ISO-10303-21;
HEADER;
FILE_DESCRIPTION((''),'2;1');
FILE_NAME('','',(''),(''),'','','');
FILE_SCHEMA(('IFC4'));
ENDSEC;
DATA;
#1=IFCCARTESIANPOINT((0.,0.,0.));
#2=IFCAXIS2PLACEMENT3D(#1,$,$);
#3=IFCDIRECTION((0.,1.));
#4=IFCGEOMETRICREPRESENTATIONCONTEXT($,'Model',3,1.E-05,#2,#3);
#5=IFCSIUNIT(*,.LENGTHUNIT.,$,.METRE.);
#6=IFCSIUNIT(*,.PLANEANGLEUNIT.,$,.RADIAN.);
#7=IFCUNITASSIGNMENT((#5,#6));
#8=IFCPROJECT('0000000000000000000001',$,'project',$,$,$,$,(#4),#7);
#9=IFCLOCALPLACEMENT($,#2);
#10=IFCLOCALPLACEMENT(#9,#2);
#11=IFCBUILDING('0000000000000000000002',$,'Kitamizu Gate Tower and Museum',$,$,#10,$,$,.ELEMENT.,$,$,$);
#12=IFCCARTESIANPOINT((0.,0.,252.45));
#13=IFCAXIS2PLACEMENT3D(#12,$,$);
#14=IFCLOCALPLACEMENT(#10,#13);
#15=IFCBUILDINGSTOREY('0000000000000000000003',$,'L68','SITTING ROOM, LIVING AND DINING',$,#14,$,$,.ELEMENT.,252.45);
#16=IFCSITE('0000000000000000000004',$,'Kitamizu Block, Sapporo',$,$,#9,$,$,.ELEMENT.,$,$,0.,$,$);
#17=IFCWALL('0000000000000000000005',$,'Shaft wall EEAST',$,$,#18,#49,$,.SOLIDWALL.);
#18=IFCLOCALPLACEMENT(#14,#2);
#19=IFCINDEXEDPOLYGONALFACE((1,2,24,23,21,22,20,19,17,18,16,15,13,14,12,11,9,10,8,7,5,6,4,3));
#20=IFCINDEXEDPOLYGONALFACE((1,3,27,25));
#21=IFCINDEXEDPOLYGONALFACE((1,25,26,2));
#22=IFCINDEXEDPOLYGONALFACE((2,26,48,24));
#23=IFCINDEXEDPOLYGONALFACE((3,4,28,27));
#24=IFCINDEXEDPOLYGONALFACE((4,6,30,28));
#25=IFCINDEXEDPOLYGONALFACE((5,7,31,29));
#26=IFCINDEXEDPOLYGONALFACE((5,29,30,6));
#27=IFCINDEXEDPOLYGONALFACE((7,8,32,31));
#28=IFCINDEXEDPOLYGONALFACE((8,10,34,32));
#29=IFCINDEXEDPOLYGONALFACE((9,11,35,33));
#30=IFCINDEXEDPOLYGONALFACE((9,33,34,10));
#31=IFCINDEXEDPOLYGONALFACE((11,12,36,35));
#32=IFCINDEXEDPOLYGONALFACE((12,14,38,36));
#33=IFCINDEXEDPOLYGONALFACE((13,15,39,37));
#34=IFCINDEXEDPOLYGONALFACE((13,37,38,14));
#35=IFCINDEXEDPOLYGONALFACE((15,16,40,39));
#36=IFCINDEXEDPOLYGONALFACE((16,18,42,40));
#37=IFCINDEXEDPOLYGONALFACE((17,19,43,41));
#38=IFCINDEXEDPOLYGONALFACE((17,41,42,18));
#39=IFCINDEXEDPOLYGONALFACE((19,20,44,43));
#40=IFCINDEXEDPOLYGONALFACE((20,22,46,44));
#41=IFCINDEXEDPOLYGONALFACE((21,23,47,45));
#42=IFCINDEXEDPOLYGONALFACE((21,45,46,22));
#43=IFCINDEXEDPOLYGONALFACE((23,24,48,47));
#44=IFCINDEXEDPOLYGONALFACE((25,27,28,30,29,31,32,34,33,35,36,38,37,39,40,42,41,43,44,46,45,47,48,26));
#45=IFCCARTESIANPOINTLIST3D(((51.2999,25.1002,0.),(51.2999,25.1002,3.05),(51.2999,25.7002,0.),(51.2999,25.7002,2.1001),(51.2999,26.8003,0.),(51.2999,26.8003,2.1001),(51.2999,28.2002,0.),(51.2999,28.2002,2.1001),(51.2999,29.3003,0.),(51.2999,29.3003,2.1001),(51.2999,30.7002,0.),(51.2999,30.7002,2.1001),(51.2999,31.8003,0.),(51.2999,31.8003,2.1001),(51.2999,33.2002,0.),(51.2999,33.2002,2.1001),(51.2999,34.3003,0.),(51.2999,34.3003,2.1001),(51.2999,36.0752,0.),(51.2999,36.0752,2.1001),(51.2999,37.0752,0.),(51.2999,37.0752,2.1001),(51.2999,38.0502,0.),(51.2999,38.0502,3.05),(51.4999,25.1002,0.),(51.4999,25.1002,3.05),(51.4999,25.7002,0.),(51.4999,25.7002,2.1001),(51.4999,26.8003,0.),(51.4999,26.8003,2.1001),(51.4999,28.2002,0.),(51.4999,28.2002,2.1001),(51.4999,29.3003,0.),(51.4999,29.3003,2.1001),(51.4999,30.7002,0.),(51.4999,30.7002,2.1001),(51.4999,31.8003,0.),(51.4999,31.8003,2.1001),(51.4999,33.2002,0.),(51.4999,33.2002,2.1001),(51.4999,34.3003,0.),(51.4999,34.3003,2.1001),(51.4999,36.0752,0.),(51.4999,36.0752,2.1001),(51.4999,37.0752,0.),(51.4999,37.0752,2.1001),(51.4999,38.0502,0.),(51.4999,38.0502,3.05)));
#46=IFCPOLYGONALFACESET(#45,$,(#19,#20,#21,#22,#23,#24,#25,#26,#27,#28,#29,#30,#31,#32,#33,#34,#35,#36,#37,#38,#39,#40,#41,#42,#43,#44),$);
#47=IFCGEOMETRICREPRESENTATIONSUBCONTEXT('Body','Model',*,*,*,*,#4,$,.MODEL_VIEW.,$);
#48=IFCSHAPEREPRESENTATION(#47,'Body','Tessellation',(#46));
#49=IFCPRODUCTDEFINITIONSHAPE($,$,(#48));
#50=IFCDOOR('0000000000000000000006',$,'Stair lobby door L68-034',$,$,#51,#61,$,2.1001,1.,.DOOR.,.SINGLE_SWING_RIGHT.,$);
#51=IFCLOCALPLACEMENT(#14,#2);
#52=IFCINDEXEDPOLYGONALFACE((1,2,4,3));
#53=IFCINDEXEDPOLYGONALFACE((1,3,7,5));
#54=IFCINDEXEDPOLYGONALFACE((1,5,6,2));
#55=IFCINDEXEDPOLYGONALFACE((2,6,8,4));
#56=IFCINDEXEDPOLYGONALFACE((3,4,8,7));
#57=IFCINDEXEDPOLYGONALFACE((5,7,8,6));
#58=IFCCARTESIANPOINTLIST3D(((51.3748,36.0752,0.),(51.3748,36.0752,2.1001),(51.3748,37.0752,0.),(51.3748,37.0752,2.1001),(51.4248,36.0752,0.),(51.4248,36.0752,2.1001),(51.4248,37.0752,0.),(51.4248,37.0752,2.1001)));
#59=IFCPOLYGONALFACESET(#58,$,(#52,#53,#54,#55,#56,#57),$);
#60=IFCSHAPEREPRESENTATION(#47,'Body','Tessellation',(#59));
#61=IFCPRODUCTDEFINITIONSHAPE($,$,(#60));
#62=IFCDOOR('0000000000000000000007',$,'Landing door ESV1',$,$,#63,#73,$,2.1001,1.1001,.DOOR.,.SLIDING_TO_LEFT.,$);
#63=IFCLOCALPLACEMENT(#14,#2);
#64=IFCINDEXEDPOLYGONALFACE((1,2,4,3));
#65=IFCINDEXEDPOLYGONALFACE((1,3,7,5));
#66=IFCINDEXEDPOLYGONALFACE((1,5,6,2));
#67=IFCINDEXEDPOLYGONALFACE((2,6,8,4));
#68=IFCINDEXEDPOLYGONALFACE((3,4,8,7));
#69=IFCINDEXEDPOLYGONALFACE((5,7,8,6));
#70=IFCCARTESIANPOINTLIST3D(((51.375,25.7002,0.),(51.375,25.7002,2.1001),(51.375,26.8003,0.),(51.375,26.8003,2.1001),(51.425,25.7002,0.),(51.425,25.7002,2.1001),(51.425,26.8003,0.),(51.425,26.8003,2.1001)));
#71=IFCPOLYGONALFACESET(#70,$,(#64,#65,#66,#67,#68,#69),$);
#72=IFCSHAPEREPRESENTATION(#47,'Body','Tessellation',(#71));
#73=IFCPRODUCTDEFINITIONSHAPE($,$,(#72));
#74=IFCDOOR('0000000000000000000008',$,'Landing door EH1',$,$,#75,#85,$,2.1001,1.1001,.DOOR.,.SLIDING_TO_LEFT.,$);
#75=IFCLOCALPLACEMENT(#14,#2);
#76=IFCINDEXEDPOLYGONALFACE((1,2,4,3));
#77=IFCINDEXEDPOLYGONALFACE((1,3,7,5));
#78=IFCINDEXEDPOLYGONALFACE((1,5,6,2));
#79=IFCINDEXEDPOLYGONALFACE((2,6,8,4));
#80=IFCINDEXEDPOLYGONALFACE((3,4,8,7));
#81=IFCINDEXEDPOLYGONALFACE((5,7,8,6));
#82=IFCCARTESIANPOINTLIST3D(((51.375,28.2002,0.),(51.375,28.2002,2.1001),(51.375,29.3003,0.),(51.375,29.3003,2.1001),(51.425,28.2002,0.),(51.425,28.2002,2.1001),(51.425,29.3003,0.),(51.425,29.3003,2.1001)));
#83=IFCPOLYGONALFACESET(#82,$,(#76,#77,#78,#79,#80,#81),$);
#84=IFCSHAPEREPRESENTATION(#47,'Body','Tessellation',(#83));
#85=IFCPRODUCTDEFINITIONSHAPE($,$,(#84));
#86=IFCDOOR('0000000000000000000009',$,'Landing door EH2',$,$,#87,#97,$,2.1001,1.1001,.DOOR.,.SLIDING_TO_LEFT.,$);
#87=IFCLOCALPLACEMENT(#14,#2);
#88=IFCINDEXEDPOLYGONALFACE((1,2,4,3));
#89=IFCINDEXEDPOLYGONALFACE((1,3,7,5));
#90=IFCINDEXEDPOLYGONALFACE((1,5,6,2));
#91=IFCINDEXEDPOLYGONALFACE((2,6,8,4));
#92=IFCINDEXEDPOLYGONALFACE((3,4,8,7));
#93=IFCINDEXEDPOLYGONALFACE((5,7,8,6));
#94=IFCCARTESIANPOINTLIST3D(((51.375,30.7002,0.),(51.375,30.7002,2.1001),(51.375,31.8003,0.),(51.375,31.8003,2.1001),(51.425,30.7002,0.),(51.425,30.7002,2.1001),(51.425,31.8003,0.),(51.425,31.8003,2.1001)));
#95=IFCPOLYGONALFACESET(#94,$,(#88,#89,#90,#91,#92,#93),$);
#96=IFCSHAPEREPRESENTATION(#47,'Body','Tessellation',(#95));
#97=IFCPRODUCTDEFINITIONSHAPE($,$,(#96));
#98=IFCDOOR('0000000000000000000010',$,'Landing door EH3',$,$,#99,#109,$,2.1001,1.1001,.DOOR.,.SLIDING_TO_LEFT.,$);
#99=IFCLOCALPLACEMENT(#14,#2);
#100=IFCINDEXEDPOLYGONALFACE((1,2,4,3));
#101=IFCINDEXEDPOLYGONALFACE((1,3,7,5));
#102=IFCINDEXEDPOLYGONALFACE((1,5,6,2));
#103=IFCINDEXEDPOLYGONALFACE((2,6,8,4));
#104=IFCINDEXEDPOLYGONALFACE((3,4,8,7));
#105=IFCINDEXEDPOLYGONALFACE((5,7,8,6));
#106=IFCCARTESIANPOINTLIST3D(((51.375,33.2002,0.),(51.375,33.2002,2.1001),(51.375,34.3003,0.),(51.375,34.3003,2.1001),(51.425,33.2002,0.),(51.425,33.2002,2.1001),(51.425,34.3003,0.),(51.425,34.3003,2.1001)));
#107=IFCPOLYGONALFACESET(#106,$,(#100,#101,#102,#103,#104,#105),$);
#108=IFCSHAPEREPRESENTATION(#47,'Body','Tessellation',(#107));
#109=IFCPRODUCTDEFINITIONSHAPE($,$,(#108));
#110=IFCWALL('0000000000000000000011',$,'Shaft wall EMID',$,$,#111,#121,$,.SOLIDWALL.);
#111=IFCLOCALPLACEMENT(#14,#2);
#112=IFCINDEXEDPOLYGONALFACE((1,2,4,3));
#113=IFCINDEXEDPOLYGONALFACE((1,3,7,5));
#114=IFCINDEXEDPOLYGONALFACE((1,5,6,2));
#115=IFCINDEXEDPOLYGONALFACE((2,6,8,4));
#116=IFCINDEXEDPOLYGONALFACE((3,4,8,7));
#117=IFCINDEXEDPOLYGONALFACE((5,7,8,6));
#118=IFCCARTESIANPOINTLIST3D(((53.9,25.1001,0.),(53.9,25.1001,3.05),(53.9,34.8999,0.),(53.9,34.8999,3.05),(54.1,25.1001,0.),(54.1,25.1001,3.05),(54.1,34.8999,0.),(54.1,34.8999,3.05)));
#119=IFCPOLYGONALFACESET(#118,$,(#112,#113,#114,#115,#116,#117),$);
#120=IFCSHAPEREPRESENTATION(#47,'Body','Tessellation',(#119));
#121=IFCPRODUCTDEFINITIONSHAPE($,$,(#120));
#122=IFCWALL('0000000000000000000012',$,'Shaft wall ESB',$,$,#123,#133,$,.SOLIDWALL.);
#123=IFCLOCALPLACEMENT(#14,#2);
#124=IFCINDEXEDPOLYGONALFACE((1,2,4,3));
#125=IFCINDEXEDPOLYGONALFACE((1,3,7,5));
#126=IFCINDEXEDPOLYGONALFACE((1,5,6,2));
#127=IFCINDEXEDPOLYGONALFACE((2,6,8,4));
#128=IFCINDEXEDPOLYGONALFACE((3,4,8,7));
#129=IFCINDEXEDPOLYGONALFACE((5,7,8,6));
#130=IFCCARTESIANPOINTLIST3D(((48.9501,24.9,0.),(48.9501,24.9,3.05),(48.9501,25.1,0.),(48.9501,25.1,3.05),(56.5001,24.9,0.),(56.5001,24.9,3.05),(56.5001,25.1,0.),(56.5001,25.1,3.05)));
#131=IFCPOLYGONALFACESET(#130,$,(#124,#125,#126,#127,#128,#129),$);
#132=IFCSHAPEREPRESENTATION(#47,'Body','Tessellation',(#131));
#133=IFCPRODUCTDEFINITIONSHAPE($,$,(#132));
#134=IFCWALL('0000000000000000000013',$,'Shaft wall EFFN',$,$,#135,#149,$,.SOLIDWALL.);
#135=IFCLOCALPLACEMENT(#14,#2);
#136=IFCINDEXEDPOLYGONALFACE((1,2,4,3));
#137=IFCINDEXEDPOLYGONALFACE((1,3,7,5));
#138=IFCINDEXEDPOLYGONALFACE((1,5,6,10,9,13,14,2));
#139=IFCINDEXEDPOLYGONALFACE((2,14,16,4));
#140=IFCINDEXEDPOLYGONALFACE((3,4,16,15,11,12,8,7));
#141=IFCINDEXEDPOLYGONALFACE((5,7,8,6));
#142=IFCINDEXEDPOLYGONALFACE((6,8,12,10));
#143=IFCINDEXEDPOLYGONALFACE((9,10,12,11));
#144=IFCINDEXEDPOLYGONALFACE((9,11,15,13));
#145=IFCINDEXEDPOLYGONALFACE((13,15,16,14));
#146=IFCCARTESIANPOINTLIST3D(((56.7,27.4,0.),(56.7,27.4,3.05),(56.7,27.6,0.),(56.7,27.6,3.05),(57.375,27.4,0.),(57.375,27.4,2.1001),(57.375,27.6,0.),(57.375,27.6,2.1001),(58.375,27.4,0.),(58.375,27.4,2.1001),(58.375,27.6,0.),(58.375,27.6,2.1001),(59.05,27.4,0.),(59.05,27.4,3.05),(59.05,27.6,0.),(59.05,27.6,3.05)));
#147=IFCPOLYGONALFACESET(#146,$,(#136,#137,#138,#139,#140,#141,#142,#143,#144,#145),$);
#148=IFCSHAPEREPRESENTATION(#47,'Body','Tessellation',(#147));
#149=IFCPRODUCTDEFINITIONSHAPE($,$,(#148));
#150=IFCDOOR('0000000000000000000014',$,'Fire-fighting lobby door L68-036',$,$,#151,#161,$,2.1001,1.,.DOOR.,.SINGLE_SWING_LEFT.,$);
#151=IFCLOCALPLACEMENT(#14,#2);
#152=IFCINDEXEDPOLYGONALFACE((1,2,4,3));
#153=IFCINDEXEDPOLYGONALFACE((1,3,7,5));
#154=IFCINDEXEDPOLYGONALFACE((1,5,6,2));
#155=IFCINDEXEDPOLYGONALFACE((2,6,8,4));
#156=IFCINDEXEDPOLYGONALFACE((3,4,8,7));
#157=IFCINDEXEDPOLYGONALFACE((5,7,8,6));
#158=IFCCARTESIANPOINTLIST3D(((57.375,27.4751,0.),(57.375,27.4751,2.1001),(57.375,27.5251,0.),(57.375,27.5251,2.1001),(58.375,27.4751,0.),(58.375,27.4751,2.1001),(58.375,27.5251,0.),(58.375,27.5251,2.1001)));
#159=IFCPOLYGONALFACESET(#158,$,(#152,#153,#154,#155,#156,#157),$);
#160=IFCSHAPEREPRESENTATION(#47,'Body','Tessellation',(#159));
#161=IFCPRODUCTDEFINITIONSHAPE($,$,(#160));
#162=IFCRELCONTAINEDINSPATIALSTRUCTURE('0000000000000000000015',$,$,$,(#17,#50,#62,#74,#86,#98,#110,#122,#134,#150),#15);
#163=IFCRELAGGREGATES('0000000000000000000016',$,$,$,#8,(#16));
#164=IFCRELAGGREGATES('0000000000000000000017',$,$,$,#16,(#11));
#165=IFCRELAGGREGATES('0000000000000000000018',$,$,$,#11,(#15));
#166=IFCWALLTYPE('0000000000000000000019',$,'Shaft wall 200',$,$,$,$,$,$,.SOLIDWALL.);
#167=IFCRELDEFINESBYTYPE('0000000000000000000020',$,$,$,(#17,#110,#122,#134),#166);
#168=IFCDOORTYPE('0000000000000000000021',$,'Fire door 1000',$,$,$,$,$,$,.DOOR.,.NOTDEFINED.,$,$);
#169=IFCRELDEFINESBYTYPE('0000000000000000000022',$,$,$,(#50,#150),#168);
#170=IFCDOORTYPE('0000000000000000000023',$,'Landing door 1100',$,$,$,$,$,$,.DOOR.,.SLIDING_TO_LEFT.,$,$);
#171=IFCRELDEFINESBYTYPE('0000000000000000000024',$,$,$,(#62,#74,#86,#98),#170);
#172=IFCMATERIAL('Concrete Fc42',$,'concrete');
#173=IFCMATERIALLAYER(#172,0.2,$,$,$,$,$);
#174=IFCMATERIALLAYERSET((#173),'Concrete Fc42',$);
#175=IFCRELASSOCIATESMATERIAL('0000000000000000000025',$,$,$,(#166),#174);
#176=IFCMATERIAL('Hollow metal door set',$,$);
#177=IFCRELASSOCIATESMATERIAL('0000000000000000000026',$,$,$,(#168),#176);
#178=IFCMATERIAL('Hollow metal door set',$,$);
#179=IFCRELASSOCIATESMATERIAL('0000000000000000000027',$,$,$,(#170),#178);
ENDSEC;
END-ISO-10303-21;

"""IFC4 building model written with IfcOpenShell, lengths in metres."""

from ifc_helpers import new_model, si_unit, direction, frame, frame_2d, origin, place, context, subcontext, project, spatial, rectangle, extrude, material, layer, layer_set, type_object, element, fill, save


model = new_model("IFC4")

# Units and contexts
model_context = context("Model", 3, precision=1e-05, world=origin(), true_north=direction((0.0, 1.0)))
body_context = subcontext(model_context, "Body", "Model", "MODEL_VIEW")
ifc_project = project(units=[si_unit("LENGTHUNIT", "METRE"), si_unit("PLANEANGLEUNIT", "RADIAN")], contexts=[model_context])

# Site, building, storey
site_placement = place(None, origin())
site = spatial("IfcSite", under=ifc_project, at=site_placement, Name="Kitamizu Block, Sapporo", CompositionType="ELEMENT", RefElevation=0.0)
building_placement = place(site_placement, origin())
building = spatial("IfcBuilding", under=site, at=building_placement, Name="Kitamizu Gate Tower and Museum", CompositionType="ELEMENT")
storey_placement = place(building_placement, frame((0.0, 0.0, 252.45)))
storey = spatial("IfcBuildingStorey", under=building, at=storey_placement, Name="L68", Description="SITTING ROOM, LIVING AND DINING", CompositionType="ELEMENT", Elevation=252.45)

# Wall, openings, doors
ifc_material_1 = material(Name="Concrete Fc42", Category="concrete")
ifc_layer_1 = layer(ifc_material_1, 0.2)
ifc_layer_set_1 = layer_set([ifc_layer_1], Name="Concrete Fc42")
wall_type_1 = type_object("IfcWallType", Name="Shaft wall 200", PredefinedType="SOLIDWALL", material=ifc_layer_set_1)
wall_1_placement = place(storey_placement, frame((51.3999, 25.1001, 0.0), z_axis=(0.0, 0.0, 1.0), x_axis=(0.0, 1.0, 0.0)))
wall_1 = element("IfcWall", 1, at=wall_1_placement, inside=storey, type_object=wall_type_1, Name="Shaft wall EEAST", PredefinedType="SOLIDWALL", context=body_context, shape_type="SweptSolid", body=[
    extrude(rectangle(XDim=12.95, YDim=0.2, at=frame_2d((6.4751, 0.0))), origin(), (0.0, 0.0, 1.0), 3.05),
])
opening_1_placement = place(wall_1_placement, frame((0.6001, 0.0, 0.0)))
opening_1 = element("IfcOpeningElement", 2, at=opening_1_placement, cuts=wall_1, PredefinedType="OPENING", context=body_context, shape_type="SweptSolid", body=[
    extrude(rectangle(XDim=1.1001, YDim=2.1001, at=frame_2d((0.55, 1.05))), frame((0.0, 0.1099, 0.0), z_axis=(0.0, -1.0, 0.0), x_axis=(1.0, 0.0, 0.0)), (0.0, 0.0, 1.0), 0.22),
])
opening_2_placement = place(wall_1_placement, frame((3.1001, 0.0, 0.0)))
opening_2 = element("IfcOpeningElement", 3, at=opening_2_placement, cuts=wall_1, PredefinedType="OPENING", context=body_context, shape_type="SweptSolid", body=[
    extrude(rectangle(XDim=1.1001, YDim=2.1001, at=frame_2d((0.55, 1.05))), frame((0.0, 0.1099, 0.0), z_axis=(0.0, -1.0, 0.0), x_axis=(1.0, 0.0, 0.0)), (0.0, 0.0, 1.0), 0.22),
])
opening_3_placement = place(wall_1_placement, frame((5.6001, 0.0, 0.0)))
opening_3 = element("IfcOpeningElement", 4, at=opening_3_placement, cuts=wall_1, PredefinedType="OPENING", context=body_context, shape_type="SweptSolid", body=[
    extrude(rectangle(XDim=1.1001, YDim=2.1001, at=frame_2d((0.55, 1.05))), frame((0.0, 0.1099, 0.0), z_axis=(0.0, -1.0, 0.0), x_axis=(1.0, 0.0, 0.0)), (0.0, 0.0, 1.0), 0.22),
])
opening_4_placement = place(wall_1_placement, frame((8.1001, 0.0, 0.0)))
opening_4 = element("IfcOpeningElement", 5, at=opening_4_placement, cuts=wall_1, PredefinedType="OPENING", context=body_context, shape_type="SweptSolid", body=[
    extrude(rectangle(XDim=1.1001, YDim=2.1001, at=frame_2d((0.55, 1.05))), frame((0.0, 0.1099, 0.0), z_axis=(0.0, -1.0, 0.0), x_axis=(1.0, 0.0, 0.0)), (0.0, 0.0, 1.0), 0.22),
])
opening_5_placement = place(wall_1_placement, frame((10.9751, 0.0, 0.0)))
opening_5 = element("IfcOpeningElement", 6, at=opening_5_placement, cuts=wall_1, PredefinedType="OPENING", context=body_context, shape_type="SweptSolid", body=[
    extrude(rectangle(XDim=1.0, YDim=2.1001, at=frame_2d((0.5, 1.05))), frame((0.0, 0.1099, 0.0), z_axis=(0.0, -1.0, 0.0), x_axis=(1.0, 0.0, 0.0)), (0.0, 0.0, 1.0), 0.22),
])
ifc_material_2 = material(Name="Hollow metal door set")
door_type_1 = type_object("IfcDoorType", Name="Fire door 1000", OperationType="NOTDEFINED", PredefinedType="DOOR", material=ifc_material_2)
door_1_placement = place(opening_5_placement, frame((1.0, 0.0, 0.0), x_axis=(-1.0, 0.0, 0.0)))
door_1 = element("IfcDoor", 7, at=door_1_placement, inside=storey, type_object=door_type_1, Name="Stair lobby door L68-034", OperationType="SINGLE_SWING_RIGHT", OverallHeight=2.1001, OverallWidth=1.0, PredefinedType="DOOR", context=body_context, shape_type="SweptSolid", body=[
    extrude(rectangle(XDim=1.0, YDim=2.1001, at=frame_2d((0.5, 1.05))), frame((0.0, 0.0249, 0.0), z_axis=(0.0, -1.0, 0.0), x_axis=(1.0, 0.0, 0.0)), (0.0, 0.0, 1.0), 0.05),
])
fill(opening_5, door_1)
ifc_material_3 = material(Name="Hollow metal door set")
door_type_2 = type_object("IfcDoorType", Name="Landing door 1100", OperationType="SLIDING_TO_LEFT", PredefinedType="DOOR", material=ifc_material_3)
door_2_placement = place(opening_1_placement, origin())
door_2 = element("IfcDoor", 8, at=door_2_placement, inside=storey, type_object=door_type_2, Name="Landing door ESV1", OperationType="SLIDING_TO_LEFT", OverallHeight=2.1001, OverallWidth=1.1001, PredefinedType="DOOR", context=body_context, shape_type="SweptSolid", body=[
    extrude(rectangle(XDim=1.1001, YDim=2.1001, at=frame_2d((0.55, 1.05))), frame((0.0, 0.0249, 0.0), z_axis=(0.0, -1.0, 0.0), x_axis=(1.0, 0.0, 0.0)), (0.0, 0.0, 1.0), 0.05),
])
fill(opening_1, door_2)
door_3_placement = place(opening_2_placement, origin())
door_3 = element("IfcDoor", 9, at=door_3_placement, inside=storey, type_object=door_type_2, Name="Landing door EH1", OperationType="SLIDING_TO_LEFT", OverallHeight=2.1001, OverallWidth=1.1001, PredefinedType="DOOR", context=body_context, shape_type="SweptSolid", body=[
    extrude(rectangle(XDim=1.1001, YDim=2.1001, at=frame_2d((0.55, 1.05))), frame((0.0, 0.0249, 0.0), z_axis=(0.0, -1.0, 0.0), x_axis=(1.0, 0.0, 0.0)), (0.0, 0.0, 1.0), 0.05),
])
fill(opening_2, door_3)
door_4_placement = place(opening_3_placement, origin())
door_4 = element("IfcDoor", 10, at=door_4_placement, inside=storey, type_object=door_type_2, Name="Landing door EH2", OperationType="SLIDING_TO_LEFT", OverallHeight=2.1001, OverallWidth=1.1001, PredefinedType="DOOR", context=body_context, shape_type="SweptSolid", body=[
    extrude(rectangle(XDim=1.1001, YDim=2.1001, at=frame_2d((0.55, 1.05))), frame((0.0, 0.0249, 0.0), z_axis=(0.0, -1.0, 0.0), x_axis=(1.0, 0.0, 0.0)), (0.0, 0.0, 1.0), 0.05),
])
fill(opening_3, door_4)
door_5_placement = place(opening_4_placement, origin())
door_5 = element("IfcDoor", 11, at=door_5_placement, inside=storey, type_object=door_type_2, Name="Landing door EH3", OperationType="SLIDING_TO_LEFT", OverallHeight=2.1001, OverallWidth=1.1001, PredefinedType="DOOR", context=body_context, shape_type="SweptSolid", body=[
    extrude(rectangle(XDim=1.1001, YDim=2.1001, at=frame_2d((0.55, 1.05))), frame((0.0, 0.0249, 0.0), z_axis=(0.0, -1.0, 0.0), x_axis=(1.0, 0.0, 0.0)), (0.0, 0.0, 1.0), 0.05),
])
fill(opening_4, door_5)

# Walls
wall_2_placement = place(storey_placement, frame((54.0, 25.1001, 0.0), z_axis=(0.0, 0.0, 1.0), x_axis=(0.0, 1.0, 0.0)))
element("IfcWall", 12, at=wall_2_placement, inside=storey, type_object=wall_type_1, Name="Shaft wall EMID", PredefinedType="SOLIDWALL", context=body_context, shape_type="SweptSolid", body=[
    extrude(rectangle(XDim=9.7998, YDim=0.2, at=frame_2d((4.8999, 0.0))), origin(), (0.0, 0.0, 1.0), 3.05),
])
wall_3_placement = place(storey_placement, frame((56.5, 25.0, 0.0), z_axis=(0.0, 0.0, 1.0), x_axis=(-1.0, 0.0, 0.0)))
element("IfcWall", 13, at=wall_3_placement, inside=storey, type_object=wall_type_1, Name="Shaft wall ESB", PredefinedType="SOLIDWALL", context=body_context, shape_type="SweptSolid", body=[
    extrude(rectangle(XDim=7.55, YDim=0.2, at=frame_2d((3.7749, 0.0))), origin(), (0.0, 0.0, 1.0), 3.05),
])

# Wall, opening, door
wall_4_placement = place(storey_placement, frame((59.05, 27.5, 0.0), z_axis=(0.0, 0.0, 1.0), x_axis=(-1.0, 0.0, 0.0)))
wall_4 = element("IfcWall", 14, at=wall_4_placement, inside=storey, type_object=wall_type_1, Name="Shaft wall EFFN", PredefinedType="SOLIDWALL", context=body_context, shape_type="SweptSolid", body=[
    extrude(rectangle(XDim=2.3501, YDim=0.2, at=frame_2d((1.175, 0.0))), origin(), (0.0, 0.0, 1.0), 3.05),
])
opening_6_placement = place(wall_4_placement, frame((0.675, 0.0, 0.0)))
opening_6 = element("IfcOpeningElement", 15, at=opening_6_placement, cuts=wall_4, PredefinedType="OPENING", context=body_context, shape_type="SweptSolid", body=[
    extrude(rectangle(XDim=1.0, YDim=2.1001, at=frame_2d((0.5, 1.05))), frame((0.0, 0.1099, 0.0), z_axis=(0.0, -1.0, 0.0), x_axis=(1.0, 0.0, 0.0)), (0.0, 0.0, 1.0), 0.22),
])
door_6_placement = place(opening_6_placement, origin())
door_6 = element("IfcDoor", 16, at=door_6_placement, inside=storey, type_object=door_type_1, Name="Fire-fighting lobby door L68-036", OperationType="SINGLE_SWING_LEFT", OverallHeight=2.1001, OverallWidth=1.0, PredefinedType="DOOR", context=body_context, shape_type="SweptSolid", body=[
    extrude(rectangle(XDim=1.0, YDim=2.1001, at=frame_2d((0.5, 1.05))), frame((0.0, 0.0249, 0.0), z_axis=(0.0, -1.0, 0.0), x_axis=(1.0, 0.0, 0.0)), (0.0, 0.0, 1.0), 0.05),
])
fill(opening_6, door_6)

save(model, "model.ifc")
